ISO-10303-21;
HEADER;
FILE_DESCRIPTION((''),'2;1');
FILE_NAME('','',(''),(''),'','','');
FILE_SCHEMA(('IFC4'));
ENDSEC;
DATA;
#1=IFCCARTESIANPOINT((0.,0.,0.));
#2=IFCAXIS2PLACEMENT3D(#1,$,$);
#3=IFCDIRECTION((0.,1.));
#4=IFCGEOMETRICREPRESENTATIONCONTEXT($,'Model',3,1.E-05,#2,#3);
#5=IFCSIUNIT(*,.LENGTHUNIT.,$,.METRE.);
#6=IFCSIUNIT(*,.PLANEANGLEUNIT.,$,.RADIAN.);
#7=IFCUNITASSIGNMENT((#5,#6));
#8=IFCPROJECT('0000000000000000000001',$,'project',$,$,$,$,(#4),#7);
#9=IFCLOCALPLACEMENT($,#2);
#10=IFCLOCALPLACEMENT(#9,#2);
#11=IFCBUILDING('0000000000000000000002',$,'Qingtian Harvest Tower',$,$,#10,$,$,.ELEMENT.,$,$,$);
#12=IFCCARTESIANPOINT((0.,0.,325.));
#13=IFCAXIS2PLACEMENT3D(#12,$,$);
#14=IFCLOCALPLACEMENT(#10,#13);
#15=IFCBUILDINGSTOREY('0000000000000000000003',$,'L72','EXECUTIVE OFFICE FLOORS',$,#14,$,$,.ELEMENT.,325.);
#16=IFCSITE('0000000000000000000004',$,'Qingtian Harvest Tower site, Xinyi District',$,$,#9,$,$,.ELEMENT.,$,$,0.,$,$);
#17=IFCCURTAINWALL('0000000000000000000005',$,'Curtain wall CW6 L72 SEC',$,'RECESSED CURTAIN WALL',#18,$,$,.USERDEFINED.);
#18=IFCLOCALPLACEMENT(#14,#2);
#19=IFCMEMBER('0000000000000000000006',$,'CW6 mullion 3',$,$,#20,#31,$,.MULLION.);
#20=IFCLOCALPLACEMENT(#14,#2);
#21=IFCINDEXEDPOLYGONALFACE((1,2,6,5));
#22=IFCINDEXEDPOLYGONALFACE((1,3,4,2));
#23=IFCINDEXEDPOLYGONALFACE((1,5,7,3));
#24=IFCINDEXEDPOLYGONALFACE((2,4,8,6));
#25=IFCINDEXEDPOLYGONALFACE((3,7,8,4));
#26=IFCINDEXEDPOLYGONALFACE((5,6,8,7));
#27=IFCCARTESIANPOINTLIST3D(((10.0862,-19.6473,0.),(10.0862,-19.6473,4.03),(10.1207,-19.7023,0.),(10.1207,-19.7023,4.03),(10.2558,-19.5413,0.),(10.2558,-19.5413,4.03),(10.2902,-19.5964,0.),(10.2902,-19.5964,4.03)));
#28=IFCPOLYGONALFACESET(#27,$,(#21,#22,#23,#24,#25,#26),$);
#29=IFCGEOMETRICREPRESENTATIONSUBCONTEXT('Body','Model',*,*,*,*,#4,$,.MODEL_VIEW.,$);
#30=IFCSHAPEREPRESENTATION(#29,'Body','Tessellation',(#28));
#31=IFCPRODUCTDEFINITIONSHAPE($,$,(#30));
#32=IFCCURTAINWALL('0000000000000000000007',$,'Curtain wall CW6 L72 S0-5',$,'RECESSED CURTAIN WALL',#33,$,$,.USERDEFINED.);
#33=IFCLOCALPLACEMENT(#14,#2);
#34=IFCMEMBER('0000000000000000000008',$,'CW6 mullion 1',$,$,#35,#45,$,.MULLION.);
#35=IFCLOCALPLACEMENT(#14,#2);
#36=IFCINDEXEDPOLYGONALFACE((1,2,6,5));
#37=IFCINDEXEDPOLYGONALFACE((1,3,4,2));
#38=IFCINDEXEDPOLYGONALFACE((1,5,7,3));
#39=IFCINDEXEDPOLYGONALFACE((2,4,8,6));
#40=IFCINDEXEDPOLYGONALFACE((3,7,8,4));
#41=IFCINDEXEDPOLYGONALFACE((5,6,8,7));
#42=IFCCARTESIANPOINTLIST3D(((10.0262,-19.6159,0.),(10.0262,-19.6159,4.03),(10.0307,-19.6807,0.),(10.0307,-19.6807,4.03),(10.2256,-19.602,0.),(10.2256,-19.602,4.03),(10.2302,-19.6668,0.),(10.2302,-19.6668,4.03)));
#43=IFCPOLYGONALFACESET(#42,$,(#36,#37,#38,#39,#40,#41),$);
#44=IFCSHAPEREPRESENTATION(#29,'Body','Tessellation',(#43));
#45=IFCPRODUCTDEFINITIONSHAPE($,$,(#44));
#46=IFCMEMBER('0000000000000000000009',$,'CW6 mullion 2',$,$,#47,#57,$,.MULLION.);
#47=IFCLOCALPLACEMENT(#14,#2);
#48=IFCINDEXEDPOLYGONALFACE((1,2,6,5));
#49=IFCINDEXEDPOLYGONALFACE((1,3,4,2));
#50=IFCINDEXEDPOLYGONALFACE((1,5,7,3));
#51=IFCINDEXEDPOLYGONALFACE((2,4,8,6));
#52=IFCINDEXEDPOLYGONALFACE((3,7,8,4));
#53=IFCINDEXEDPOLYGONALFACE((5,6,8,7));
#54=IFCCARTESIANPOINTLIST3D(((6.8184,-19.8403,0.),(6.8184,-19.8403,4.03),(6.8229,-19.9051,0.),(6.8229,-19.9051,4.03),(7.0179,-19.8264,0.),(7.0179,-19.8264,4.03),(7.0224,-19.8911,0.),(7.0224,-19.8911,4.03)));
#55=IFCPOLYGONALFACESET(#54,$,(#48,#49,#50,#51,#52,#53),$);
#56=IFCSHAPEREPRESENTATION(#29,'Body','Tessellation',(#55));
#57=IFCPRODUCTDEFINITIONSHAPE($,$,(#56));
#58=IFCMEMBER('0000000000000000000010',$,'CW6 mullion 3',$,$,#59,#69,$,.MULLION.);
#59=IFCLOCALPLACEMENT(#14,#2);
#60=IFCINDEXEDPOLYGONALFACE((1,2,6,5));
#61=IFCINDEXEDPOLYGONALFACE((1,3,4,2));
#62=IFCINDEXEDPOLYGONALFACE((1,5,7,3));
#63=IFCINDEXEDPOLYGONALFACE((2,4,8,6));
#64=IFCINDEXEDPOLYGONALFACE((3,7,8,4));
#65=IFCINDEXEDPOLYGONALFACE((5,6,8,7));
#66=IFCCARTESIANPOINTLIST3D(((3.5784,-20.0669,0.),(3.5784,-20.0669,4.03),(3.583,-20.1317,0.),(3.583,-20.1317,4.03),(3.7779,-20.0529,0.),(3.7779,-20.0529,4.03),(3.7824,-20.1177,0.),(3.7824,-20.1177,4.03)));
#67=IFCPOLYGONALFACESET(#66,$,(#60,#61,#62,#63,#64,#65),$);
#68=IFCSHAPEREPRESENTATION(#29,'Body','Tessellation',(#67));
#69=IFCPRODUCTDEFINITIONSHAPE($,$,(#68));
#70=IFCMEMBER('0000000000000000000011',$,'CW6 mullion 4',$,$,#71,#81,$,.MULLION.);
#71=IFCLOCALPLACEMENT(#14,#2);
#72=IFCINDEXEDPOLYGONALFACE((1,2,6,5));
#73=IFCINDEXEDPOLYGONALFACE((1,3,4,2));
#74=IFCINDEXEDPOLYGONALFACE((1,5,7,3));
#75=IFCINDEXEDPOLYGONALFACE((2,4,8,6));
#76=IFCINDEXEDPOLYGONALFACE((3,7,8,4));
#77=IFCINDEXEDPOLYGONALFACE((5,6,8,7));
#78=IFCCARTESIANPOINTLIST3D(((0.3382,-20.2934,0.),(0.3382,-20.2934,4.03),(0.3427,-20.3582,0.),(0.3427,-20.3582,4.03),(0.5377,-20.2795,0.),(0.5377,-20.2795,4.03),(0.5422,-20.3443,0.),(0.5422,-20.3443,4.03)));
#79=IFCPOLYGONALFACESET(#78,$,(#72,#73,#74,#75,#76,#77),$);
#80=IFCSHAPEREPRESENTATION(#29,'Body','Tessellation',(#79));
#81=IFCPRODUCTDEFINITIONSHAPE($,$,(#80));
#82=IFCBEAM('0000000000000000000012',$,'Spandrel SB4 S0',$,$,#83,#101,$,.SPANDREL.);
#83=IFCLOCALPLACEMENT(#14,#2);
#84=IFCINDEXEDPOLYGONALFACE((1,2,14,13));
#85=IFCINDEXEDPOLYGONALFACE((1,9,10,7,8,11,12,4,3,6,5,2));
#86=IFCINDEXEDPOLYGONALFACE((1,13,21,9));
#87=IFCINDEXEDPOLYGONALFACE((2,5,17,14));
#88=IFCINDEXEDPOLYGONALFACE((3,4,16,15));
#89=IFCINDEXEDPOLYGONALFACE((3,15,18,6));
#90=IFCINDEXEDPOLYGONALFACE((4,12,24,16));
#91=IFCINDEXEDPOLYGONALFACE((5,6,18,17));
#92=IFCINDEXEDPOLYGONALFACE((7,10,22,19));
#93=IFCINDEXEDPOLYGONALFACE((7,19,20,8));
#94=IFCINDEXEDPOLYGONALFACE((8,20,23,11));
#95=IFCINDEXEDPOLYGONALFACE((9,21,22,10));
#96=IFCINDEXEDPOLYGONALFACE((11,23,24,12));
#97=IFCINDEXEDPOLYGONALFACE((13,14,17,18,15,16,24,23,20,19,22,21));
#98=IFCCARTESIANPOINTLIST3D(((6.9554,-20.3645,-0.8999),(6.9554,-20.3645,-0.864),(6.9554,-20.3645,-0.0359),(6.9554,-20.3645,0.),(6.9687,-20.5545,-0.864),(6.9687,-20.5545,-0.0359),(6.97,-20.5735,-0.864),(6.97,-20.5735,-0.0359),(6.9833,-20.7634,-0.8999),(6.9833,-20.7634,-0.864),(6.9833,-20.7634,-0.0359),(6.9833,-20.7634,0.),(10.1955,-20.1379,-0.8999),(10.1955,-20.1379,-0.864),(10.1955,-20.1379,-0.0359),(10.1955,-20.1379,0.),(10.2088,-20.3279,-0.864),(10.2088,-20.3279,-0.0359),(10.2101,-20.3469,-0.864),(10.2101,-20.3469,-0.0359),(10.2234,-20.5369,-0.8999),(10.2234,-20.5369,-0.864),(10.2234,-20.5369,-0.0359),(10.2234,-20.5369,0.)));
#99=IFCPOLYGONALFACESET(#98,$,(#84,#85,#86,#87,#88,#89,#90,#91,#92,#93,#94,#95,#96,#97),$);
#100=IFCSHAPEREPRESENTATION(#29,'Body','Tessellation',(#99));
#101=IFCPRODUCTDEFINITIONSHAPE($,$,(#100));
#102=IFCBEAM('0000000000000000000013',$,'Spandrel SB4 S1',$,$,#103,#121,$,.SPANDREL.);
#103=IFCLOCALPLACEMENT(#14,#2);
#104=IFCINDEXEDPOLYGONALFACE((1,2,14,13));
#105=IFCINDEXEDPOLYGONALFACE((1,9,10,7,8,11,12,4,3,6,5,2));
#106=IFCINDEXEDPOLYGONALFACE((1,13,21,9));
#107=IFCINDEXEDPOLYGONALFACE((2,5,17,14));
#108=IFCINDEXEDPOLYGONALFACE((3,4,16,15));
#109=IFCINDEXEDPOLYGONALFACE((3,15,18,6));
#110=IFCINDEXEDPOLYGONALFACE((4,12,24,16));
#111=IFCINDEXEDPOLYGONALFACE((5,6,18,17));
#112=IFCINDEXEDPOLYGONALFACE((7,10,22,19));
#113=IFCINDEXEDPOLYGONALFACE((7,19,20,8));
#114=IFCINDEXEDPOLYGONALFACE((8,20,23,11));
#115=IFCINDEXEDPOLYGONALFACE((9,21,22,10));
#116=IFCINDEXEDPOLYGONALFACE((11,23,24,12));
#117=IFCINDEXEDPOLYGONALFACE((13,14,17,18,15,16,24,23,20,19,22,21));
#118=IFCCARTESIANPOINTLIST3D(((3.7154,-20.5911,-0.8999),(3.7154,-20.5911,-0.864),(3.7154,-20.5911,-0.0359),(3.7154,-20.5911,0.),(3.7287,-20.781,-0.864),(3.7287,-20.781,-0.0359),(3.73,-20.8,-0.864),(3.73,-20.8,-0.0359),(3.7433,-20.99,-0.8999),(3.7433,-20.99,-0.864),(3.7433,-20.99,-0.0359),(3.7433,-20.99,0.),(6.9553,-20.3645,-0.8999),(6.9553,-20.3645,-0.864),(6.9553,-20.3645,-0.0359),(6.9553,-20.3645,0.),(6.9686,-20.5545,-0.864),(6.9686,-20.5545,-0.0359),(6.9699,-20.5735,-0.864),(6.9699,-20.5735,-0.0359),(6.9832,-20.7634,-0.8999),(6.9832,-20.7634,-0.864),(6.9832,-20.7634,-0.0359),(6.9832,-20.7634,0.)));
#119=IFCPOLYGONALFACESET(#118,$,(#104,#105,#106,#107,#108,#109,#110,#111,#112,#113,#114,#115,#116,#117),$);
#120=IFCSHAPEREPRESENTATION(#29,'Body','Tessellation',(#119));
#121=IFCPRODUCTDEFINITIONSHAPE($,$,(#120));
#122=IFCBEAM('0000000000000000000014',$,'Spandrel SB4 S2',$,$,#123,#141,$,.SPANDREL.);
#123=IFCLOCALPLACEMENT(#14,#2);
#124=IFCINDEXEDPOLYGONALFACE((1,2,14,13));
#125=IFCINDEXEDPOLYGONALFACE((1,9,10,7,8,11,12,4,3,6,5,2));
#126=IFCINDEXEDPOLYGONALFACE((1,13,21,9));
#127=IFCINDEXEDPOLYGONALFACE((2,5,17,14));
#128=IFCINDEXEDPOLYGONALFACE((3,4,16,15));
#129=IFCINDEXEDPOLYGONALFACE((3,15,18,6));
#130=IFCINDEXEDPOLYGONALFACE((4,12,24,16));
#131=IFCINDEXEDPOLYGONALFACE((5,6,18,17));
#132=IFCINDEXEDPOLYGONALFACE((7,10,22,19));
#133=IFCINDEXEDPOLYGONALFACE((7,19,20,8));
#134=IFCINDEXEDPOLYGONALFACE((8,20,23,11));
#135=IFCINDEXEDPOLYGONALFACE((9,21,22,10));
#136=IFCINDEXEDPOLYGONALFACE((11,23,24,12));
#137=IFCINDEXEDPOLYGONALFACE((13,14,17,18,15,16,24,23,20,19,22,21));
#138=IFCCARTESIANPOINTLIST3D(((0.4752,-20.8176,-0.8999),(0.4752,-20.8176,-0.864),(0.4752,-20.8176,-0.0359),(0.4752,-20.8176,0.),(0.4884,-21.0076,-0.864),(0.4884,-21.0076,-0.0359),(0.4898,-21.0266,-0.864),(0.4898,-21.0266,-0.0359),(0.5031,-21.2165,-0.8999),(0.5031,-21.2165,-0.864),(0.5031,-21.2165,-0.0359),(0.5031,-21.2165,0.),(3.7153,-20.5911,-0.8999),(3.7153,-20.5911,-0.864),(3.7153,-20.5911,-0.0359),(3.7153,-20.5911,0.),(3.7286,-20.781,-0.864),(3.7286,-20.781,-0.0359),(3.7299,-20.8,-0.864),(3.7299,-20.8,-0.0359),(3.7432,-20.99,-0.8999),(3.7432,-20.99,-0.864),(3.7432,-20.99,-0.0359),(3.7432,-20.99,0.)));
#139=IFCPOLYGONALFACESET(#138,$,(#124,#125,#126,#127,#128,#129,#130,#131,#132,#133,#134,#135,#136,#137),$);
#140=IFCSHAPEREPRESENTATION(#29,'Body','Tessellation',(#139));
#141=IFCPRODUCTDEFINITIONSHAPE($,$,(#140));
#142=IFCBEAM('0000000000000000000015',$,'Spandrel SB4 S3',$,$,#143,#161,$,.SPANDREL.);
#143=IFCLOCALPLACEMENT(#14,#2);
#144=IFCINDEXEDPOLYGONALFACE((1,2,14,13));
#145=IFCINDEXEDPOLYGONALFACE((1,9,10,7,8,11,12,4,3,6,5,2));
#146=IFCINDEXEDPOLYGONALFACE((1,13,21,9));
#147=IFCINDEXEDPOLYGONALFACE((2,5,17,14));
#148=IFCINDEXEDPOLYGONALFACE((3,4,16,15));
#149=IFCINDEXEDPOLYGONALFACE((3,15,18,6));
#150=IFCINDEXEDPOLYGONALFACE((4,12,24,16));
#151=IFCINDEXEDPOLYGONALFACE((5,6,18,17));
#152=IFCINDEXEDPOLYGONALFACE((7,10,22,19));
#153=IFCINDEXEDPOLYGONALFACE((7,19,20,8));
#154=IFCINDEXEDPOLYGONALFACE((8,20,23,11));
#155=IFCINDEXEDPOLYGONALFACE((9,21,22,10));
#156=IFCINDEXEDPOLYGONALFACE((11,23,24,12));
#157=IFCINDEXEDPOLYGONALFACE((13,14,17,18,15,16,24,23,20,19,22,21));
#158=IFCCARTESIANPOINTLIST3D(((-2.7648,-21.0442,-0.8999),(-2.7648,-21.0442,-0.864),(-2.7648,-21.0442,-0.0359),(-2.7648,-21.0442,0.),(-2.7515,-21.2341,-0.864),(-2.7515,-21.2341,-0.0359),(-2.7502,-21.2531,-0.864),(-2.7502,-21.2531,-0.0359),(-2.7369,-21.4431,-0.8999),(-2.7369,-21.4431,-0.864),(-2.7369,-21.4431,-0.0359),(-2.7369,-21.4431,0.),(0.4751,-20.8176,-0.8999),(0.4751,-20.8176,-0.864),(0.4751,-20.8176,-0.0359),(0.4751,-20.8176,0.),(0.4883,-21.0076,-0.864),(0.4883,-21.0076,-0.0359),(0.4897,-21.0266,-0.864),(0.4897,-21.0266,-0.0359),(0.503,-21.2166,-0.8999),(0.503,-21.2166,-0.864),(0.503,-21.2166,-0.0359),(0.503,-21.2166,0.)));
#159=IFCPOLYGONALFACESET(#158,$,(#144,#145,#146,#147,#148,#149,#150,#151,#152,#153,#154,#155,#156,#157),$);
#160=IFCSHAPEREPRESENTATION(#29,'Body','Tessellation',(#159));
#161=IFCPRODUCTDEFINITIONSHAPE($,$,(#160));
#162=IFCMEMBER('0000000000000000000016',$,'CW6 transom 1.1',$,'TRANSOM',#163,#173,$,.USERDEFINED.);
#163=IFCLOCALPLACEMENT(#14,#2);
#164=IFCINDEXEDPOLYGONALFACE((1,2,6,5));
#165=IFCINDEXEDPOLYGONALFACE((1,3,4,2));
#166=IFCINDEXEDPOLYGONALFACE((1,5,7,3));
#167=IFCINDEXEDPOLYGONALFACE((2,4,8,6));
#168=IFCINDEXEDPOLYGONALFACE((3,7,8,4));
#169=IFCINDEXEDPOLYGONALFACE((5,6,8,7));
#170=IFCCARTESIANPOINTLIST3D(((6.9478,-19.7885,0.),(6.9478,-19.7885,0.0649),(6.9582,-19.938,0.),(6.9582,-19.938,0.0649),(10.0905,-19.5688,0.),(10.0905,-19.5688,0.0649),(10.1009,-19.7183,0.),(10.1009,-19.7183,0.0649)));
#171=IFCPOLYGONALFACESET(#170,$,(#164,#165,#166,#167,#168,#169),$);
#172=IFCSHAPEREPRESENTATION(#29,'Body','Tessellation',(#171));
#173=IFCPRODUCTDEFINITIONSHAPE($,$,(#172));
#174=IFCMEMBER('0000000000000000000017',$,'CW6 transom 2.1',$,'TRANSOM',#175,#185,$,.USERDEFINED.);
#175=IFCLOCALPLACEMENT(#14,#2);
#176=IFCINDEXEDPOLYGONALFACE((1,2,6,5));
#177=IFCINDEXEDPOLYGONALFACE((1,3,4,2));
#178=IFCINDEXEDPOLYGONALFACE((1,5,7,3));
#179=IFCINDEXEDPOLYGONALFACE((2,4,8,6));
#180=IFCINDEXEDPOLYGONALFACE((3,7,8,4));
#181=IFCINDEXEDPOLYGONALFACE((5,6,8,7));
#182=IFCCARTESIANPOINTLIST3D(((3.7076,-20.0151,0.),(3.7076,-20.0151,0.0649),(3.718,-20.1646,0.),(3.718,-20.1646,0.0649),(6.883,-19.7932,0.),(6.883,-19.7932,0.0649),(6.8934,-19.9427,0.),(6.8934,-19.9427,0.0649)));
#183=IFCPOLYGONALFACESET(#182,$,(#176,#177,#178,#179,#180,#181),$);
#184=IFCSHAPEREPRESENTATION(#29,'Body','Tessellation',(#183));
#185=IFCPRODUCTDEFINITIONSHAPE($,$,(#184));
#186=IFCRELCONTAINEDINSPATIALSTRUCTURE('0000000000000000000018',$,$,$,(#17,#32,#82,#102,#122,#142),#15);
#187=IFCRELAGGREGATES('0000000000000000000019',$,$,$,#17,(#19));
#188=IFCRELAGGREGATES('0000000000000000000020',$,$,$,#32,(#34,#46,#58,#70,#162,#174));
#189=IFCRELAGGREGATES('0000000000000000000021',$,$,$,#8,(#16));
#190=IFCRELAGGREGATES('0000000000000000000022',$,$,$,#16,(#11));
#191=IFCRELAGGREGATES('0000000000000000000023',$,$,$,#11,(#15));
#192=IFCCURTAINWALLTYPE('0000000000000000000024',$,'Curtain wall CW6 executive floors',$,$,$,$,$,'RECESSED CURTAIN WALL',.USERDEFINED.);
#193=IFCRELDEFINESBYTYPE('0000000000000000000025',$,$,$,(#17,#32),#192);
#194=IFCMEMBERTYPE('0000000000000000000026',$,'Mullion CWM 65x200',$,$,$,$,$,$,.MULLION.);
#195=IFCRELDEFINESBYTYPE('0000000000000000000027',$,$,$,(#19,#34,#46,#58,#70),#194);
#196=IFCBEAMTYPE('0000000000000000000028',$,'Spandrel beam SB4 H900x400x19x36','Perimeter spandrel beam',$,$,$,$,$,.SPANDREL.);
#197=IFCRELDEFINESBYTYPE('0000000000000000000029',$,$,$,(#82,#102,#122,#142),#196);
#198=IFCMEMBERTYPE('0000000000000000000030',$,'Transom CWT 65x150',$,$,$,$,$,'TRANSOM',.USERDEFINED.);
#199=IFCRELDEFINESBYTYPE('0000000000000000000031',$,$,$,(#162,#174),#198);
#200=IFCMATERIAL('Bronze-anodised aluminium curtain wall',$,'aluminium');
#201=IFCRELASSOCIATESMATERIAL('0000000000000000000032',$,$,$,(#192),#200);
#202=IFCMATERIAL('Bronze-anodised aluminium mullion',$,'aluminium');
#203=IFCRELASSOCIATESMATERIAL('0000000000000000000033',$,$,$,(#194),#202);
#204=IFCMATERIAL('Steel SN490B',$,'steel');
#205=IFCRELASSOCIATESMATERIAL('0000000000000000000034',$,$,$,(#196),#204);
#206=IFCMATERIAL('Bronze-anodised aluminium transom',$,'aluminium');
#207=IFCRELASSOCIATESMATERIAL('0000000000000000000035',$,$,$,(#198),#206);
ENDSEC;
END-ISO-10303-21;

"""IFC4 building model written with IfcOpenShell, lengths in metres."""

from ifc_helpers import new_model, si_unit, direction, frame, origin, origin_2d, place, context, subcontext, project, spatial, rectangle, i_section, extrude, material, material_profile, profile_set, type_object, element, aggregate, save


model = new_model("IFC4")

# Units and contexts
model_context = context("Model", 3, precision=1e-05, world=origin(), true_north=direction((0.0, 1.0)))
body_context = subcontext(model_context, "Body", "Model", "MODEL_VIEW")
ifc_project = project(units=[si_unit("LENGTHUNIT", "METRE"), si_unit("PLANEANGLEUNIT", "RADIAN")], contexts=[model_context])

# Site, building, storey
site_placement = place(None, origin())
site = spatial("IfcSite", under=ifc_project, at=site_placement, Name="Qingtian Harvest Tower site, Xinyi District", CompositionType="ELEMENT", RefElevation=0.0)
building_placement = place(site_placement, origin())
building = spatial("IfcBuilding", under=site, at=building_placement, Name="Qingtian Harvest Tower", CompositionType="ELEMENT")
storey_placement = place(building_placement, frame((0.0, 0.0, 325.0)))
storey = spatial("IfcBuildingStorey", under=building, at=storey_placement, Name="L72", Description="EXECUTIVE OFFICE FLOORS", CompositionType="ELEMENT", Elevation=325.0)

# Curtain wall, member
ifc_material_1 = material(Name="Bronze-anodised aluminium curtain wall", Category="aluminium")
curtain_wall_type = type_object("IfcCurtainWallType", Name="Curtain wall CW6 executive floors", ElementType="RECESSED CURTAIN WALL", PredefinedType="USERDEFINED", material=ifc_material_1)
curtain_wall_1_placement = place(storey_placement, origin())
curtain_wall_1 = element("IfcCurtainWall", 1, at=curtain_wall_1_placement, inside=storey, type_object=curtain_wall_type, Name="Curtain wall CW6 L72 SEC", ObjectType="RECESSED CURTAIN WALL", PredefinedType="USERDEFINED")
ifc_material_2 = material(Name="Bronze-anodised aluminium mullion", Category="aluminium")
ifc_material_profile_1 = material_profile(ifc_material_2, rectangle(XDim=0.0649, YDim=0.2, at=origin_2d()), Name="AL 65x200")
ifc_profile_set_1 = profile_set([ifc_material_profile_1], Name="Bronze-anodised aluminium mullion")
member_type_1 = type_object("IfcMemberType", Name="Mullion CWM 65x200", PredefinedType="MULLION", material=ifc_profile_set_1)
member_1_placement = place(storey_placement, frame((10.1882, -19.6218, 0.0), z_axis=(0.0, 0.0, 1.0), x_axis=(0.529919, -0.848048, 0.0)))
member_1 = element("IfcMember", 2, at=member_1_placement, type_object=member_type_1, Name="CW6 mullion 3", PredefinedType="MULLION", context=body_context, shape_type="SweptSolid", body=[
    extrude(rectangle(XDim=0.0649, YDim=0.2, at=origin_2d()), origin(), (0.0, 0.0, 1.0), 4.03),
])
aggregate(curtain_wall_1, [member_1])

# Curtain wall, members
curtain_wall_2_placement = place(storey_placement, origin())
curtain_wall_2 = element("IfcCurtainWall", 3, at=curtain_wall_2_placement, inside=storey, type_object=curtain_wall_type, Name="Curtain wall CW6 L72 S0-5", ObjectType="RECESSED CURTAIN WALL", PredefinedType="USERDEFINED")
member_2_placement = place(storey_placement, frame((10.1282, -19.6414, 0.0), z_axis=(0.0, 0.0, 1.0), x_axis=(0.069756, -0.997564, 0.0)))
member_2 = element("IfcMember", 4, at=member_2_placement, type_object=member_type_1, Name="CW6 mullion 1", PredefinedType="MULLION", context=body_context, shape_type="SweptSolid", body=[
    extrude(rectangle(XDim=0.0649, YDim=0.2, at=origin_2d()), origin(), (0.0, 0.0, 1.0), 4.03),
])
member_3_placement = place(storey_placement, frame((6.9204, -19.8657, 0.0), z_axis=(0.0, 0.0, 1.0), x_axis=(0.069756, -0.997564, 0.0)))
member_3 = element("IfcMember", 5, at=member_3_placement, type_object=member_type_1, Name="CW6 mullion 2", PredefinedType="MULLION", context=body_context, shape_type="SweptSolid", body=[
    extrude(rectangle(XDim=0.0649, YDim=0.2, at=origin_2d()), origin(), (0.0, 0.0, 1.0), 4.03),
])
member_4_placement = place(storey_placement, frame((3.6804, -20.0923, 0.0), z_axis=(0.0, 0.0, 1.0), x_axis=(0.069756, -0.997564, 0.0)))
member_4 = element("IfcMember", 6, at=member_4_placement, type_object=member_type_1, Name="CW6 mullion 3", PredefinedType="MULLION", context=body_context, shape_type="SweptSolid", body=[
    extrude(rectangle(XDim=0.0649, YDim=0.2, at=origin_2d()), origin(), (0.0, 0.0, 1.0), 4.03),
])
member_5_placement = place(storey_placement, frame((0.4402, -20.3188, 0.0), z_axis=(0.0, 0.0, 1.0), x_axis=(0.069756, -0.997564, 0.0)))
member_5 = element("IfcMember", 7, at=member_5_placement, type_object=member_type_1, Name="CW6 mullion 4", PredefinedType="MULLION", context=body_context, shape_type="SweptSolid", body=[
    extrude(rectangle(XDim=0.0649, YDim=0.2, at=origin_2d()), origin(), (0.0, 0.0, 1.0), 4.03),
])

# Beams
ifc_material_3 = material(Name="Steel SN490B", Category="steel")
ifc_material_profile_2 = material_profile(ifc_material_3, i_section(OverallWidth=0.3999, OverallDepth=0.8999, WebThickness=0.019, FlangeThickness=0.0359, at=origin_2d()), Name="H900x400x19x36")
ifc_profile_set_2 = profile_set([ifc_material_profile_2], Name="Steel SN490B")
beam_type_1 = type_object("IfcBeamType", Name="Spandrel beam SB4 H900x400x19x36", Description="Perimeter spandrel beam", PredefinedType="SPANDREL", material=ifc_profile_set_2)
beam_1_placement = place(storey_placement, frame((10.2095, -20.3374, -0.45), z_axis=(-0.997564, -0.069751, 0.0), x_axis=(0.069751, -0.997564, 0.0)))
element("IfcBeam", 8, at=beam_1_placement, inside=storey, type_object=beam_type_1, Name="Spandrel SB4 S0", PredefinedType="SPANDREL", context=body_context, shape_type="SweptSolid", body=[
    extrude(i_section(OverallWidth=0.3999, OverallDepth=0.8999, WebThickness=0.019, FlangeThickness=0.0359, at=origin_2d()), origin(), (0.0, 0.0, 1.0), 3.248),
])
beam_2_placement = place(storey_placement, frame((6.9692, -20.564, -0.45), z_axis=(-0.997564, -0.069757, 0.0), x_axis=(0.069757, -0.997564, 0.0)))
element("IfcBeam", 9, at=beam_2_placement, inside=storey, type_object=beam_type_1, Name="Spandrel SB4 S1", PredefinedType="SPANDREL", context=body_context, shape_type="SweptSolid", body=[
    extrude(i_section(OverallWidth=0.3999, OverallDepth=0.8999, WebThickness=0.019, FlangeThickness=0.0359, at=origin_2d()), origin(), (0.0, 0.0, 1.0), 3.2478),
])
beam_3_placement = place(storey_placement, frame((3.7292, -20.7905, -0.45), z_axis=(-0.997564, -0.069751, 0.0), x_axis=(0.069751, -0.997564, 0.0)))
element("IfcBeam", 10, at=beam_3_placement, inside=storey, type_object=beam_type_1, Name="Spandrel SB4 S2", PredefinedType="SPANDREL", context=body_context, shape_type="SweptSolid", body=[
    extrude(i_section(OverallWidth=0.3999, OverallDepth=0.8999, WebThickness=0.019, FlangeThickness=0.0359, at=origin_2d()), origin(), (0.0, 0.0, 1.0), 3.248),
])
beam_4_placement = place(storey_placement, frame((0.489, -21.0171, -0.45), z_axis=(-0.997564, -0.069757, 0.0), x_axis=(0.069757, -0.997564, 0.0)))
element("IfcBeam", 11, at=beam_4_placement, inside=storey, type_object=beam_type_1, Name="Spandrel SB4 S3", PredefinedType="SPANDREL", context=body_context, shape_type="SweptSolid", body=[
    extrude(i_section(OverallWidth=0.3999, OverallDepth=0.8999, WebThickness=0.019, FlangeThickness=0.0359, at=origin_2d()), origin(), (0.0, 0.0, 1.0), 3.2478),
])

# Members
ifc_material_4 = material(Name="Bronze-anodised aluminium transom", Category="aluminium")
ifc_material_profile_3 = material_profile(ifc_material_4, rectangle(XDim=0.1499, YDim=0.0649, at=origin_2d()), Name="AL 65x150")
ifc_profile_set_3 = profile_set([ifc_material_profile_3], Name="Bronze-anodised aluminium transom")
member_type_2 = type_object("IfcMemberType", Name="Transom CWT 65x150", ElementType="TRANSOM", PredefinedType="USERDEFINED", material=ifc_profile_set_3)
member_6_placement = place(storey_placement, frame((10.0957, -19.6436, 0.0325), z_axis=(-0.997565, -0.069744, 0.0), x_axis=(0.069744, -0.997565, 0.0)))
member_6 = element("IfcMember", 12, at=member_6_placement, type_object=member_type_2, Name="CW6 transom 1.1", ObjectType="TRANSOM", PredefinedType="USERDEFINED", context=body_context, shape_type="SweptSolid", body=[
    extrude(rectangle(XDim=0.1499, YDim=0.0649, at=origin_2d()), origin(), (0.0, 0.0, 1.0), 3.1504),
])
member_7_placement = place(storey_placement, frame((6.8882, -19.8679, 0.0325), z_axis=(-0.997567, -0.069721, 0.0), x_axis=(0.069721, -0.997567, 0.0)))
member_7 = element("IfcMember", 13, at=member_7_placement, type_object=member_type_2, Name="CW6 transom 2.1", ObjectType="TRANSOM", PredefinedType="USERDEFINED", context=body_context, shape_type="SweptSolid", body=[
    extrude(rectangle(XDim=0.1499, YDim=0.0649, at=origin_2d()), origin(), (0.0, 0.0, 1.0), 3.1831),
])

aggregate(curtain_wall_2, [member_2, member_3, member_4, member_5, member_6, member_7])

save(model, "model.ifc")
